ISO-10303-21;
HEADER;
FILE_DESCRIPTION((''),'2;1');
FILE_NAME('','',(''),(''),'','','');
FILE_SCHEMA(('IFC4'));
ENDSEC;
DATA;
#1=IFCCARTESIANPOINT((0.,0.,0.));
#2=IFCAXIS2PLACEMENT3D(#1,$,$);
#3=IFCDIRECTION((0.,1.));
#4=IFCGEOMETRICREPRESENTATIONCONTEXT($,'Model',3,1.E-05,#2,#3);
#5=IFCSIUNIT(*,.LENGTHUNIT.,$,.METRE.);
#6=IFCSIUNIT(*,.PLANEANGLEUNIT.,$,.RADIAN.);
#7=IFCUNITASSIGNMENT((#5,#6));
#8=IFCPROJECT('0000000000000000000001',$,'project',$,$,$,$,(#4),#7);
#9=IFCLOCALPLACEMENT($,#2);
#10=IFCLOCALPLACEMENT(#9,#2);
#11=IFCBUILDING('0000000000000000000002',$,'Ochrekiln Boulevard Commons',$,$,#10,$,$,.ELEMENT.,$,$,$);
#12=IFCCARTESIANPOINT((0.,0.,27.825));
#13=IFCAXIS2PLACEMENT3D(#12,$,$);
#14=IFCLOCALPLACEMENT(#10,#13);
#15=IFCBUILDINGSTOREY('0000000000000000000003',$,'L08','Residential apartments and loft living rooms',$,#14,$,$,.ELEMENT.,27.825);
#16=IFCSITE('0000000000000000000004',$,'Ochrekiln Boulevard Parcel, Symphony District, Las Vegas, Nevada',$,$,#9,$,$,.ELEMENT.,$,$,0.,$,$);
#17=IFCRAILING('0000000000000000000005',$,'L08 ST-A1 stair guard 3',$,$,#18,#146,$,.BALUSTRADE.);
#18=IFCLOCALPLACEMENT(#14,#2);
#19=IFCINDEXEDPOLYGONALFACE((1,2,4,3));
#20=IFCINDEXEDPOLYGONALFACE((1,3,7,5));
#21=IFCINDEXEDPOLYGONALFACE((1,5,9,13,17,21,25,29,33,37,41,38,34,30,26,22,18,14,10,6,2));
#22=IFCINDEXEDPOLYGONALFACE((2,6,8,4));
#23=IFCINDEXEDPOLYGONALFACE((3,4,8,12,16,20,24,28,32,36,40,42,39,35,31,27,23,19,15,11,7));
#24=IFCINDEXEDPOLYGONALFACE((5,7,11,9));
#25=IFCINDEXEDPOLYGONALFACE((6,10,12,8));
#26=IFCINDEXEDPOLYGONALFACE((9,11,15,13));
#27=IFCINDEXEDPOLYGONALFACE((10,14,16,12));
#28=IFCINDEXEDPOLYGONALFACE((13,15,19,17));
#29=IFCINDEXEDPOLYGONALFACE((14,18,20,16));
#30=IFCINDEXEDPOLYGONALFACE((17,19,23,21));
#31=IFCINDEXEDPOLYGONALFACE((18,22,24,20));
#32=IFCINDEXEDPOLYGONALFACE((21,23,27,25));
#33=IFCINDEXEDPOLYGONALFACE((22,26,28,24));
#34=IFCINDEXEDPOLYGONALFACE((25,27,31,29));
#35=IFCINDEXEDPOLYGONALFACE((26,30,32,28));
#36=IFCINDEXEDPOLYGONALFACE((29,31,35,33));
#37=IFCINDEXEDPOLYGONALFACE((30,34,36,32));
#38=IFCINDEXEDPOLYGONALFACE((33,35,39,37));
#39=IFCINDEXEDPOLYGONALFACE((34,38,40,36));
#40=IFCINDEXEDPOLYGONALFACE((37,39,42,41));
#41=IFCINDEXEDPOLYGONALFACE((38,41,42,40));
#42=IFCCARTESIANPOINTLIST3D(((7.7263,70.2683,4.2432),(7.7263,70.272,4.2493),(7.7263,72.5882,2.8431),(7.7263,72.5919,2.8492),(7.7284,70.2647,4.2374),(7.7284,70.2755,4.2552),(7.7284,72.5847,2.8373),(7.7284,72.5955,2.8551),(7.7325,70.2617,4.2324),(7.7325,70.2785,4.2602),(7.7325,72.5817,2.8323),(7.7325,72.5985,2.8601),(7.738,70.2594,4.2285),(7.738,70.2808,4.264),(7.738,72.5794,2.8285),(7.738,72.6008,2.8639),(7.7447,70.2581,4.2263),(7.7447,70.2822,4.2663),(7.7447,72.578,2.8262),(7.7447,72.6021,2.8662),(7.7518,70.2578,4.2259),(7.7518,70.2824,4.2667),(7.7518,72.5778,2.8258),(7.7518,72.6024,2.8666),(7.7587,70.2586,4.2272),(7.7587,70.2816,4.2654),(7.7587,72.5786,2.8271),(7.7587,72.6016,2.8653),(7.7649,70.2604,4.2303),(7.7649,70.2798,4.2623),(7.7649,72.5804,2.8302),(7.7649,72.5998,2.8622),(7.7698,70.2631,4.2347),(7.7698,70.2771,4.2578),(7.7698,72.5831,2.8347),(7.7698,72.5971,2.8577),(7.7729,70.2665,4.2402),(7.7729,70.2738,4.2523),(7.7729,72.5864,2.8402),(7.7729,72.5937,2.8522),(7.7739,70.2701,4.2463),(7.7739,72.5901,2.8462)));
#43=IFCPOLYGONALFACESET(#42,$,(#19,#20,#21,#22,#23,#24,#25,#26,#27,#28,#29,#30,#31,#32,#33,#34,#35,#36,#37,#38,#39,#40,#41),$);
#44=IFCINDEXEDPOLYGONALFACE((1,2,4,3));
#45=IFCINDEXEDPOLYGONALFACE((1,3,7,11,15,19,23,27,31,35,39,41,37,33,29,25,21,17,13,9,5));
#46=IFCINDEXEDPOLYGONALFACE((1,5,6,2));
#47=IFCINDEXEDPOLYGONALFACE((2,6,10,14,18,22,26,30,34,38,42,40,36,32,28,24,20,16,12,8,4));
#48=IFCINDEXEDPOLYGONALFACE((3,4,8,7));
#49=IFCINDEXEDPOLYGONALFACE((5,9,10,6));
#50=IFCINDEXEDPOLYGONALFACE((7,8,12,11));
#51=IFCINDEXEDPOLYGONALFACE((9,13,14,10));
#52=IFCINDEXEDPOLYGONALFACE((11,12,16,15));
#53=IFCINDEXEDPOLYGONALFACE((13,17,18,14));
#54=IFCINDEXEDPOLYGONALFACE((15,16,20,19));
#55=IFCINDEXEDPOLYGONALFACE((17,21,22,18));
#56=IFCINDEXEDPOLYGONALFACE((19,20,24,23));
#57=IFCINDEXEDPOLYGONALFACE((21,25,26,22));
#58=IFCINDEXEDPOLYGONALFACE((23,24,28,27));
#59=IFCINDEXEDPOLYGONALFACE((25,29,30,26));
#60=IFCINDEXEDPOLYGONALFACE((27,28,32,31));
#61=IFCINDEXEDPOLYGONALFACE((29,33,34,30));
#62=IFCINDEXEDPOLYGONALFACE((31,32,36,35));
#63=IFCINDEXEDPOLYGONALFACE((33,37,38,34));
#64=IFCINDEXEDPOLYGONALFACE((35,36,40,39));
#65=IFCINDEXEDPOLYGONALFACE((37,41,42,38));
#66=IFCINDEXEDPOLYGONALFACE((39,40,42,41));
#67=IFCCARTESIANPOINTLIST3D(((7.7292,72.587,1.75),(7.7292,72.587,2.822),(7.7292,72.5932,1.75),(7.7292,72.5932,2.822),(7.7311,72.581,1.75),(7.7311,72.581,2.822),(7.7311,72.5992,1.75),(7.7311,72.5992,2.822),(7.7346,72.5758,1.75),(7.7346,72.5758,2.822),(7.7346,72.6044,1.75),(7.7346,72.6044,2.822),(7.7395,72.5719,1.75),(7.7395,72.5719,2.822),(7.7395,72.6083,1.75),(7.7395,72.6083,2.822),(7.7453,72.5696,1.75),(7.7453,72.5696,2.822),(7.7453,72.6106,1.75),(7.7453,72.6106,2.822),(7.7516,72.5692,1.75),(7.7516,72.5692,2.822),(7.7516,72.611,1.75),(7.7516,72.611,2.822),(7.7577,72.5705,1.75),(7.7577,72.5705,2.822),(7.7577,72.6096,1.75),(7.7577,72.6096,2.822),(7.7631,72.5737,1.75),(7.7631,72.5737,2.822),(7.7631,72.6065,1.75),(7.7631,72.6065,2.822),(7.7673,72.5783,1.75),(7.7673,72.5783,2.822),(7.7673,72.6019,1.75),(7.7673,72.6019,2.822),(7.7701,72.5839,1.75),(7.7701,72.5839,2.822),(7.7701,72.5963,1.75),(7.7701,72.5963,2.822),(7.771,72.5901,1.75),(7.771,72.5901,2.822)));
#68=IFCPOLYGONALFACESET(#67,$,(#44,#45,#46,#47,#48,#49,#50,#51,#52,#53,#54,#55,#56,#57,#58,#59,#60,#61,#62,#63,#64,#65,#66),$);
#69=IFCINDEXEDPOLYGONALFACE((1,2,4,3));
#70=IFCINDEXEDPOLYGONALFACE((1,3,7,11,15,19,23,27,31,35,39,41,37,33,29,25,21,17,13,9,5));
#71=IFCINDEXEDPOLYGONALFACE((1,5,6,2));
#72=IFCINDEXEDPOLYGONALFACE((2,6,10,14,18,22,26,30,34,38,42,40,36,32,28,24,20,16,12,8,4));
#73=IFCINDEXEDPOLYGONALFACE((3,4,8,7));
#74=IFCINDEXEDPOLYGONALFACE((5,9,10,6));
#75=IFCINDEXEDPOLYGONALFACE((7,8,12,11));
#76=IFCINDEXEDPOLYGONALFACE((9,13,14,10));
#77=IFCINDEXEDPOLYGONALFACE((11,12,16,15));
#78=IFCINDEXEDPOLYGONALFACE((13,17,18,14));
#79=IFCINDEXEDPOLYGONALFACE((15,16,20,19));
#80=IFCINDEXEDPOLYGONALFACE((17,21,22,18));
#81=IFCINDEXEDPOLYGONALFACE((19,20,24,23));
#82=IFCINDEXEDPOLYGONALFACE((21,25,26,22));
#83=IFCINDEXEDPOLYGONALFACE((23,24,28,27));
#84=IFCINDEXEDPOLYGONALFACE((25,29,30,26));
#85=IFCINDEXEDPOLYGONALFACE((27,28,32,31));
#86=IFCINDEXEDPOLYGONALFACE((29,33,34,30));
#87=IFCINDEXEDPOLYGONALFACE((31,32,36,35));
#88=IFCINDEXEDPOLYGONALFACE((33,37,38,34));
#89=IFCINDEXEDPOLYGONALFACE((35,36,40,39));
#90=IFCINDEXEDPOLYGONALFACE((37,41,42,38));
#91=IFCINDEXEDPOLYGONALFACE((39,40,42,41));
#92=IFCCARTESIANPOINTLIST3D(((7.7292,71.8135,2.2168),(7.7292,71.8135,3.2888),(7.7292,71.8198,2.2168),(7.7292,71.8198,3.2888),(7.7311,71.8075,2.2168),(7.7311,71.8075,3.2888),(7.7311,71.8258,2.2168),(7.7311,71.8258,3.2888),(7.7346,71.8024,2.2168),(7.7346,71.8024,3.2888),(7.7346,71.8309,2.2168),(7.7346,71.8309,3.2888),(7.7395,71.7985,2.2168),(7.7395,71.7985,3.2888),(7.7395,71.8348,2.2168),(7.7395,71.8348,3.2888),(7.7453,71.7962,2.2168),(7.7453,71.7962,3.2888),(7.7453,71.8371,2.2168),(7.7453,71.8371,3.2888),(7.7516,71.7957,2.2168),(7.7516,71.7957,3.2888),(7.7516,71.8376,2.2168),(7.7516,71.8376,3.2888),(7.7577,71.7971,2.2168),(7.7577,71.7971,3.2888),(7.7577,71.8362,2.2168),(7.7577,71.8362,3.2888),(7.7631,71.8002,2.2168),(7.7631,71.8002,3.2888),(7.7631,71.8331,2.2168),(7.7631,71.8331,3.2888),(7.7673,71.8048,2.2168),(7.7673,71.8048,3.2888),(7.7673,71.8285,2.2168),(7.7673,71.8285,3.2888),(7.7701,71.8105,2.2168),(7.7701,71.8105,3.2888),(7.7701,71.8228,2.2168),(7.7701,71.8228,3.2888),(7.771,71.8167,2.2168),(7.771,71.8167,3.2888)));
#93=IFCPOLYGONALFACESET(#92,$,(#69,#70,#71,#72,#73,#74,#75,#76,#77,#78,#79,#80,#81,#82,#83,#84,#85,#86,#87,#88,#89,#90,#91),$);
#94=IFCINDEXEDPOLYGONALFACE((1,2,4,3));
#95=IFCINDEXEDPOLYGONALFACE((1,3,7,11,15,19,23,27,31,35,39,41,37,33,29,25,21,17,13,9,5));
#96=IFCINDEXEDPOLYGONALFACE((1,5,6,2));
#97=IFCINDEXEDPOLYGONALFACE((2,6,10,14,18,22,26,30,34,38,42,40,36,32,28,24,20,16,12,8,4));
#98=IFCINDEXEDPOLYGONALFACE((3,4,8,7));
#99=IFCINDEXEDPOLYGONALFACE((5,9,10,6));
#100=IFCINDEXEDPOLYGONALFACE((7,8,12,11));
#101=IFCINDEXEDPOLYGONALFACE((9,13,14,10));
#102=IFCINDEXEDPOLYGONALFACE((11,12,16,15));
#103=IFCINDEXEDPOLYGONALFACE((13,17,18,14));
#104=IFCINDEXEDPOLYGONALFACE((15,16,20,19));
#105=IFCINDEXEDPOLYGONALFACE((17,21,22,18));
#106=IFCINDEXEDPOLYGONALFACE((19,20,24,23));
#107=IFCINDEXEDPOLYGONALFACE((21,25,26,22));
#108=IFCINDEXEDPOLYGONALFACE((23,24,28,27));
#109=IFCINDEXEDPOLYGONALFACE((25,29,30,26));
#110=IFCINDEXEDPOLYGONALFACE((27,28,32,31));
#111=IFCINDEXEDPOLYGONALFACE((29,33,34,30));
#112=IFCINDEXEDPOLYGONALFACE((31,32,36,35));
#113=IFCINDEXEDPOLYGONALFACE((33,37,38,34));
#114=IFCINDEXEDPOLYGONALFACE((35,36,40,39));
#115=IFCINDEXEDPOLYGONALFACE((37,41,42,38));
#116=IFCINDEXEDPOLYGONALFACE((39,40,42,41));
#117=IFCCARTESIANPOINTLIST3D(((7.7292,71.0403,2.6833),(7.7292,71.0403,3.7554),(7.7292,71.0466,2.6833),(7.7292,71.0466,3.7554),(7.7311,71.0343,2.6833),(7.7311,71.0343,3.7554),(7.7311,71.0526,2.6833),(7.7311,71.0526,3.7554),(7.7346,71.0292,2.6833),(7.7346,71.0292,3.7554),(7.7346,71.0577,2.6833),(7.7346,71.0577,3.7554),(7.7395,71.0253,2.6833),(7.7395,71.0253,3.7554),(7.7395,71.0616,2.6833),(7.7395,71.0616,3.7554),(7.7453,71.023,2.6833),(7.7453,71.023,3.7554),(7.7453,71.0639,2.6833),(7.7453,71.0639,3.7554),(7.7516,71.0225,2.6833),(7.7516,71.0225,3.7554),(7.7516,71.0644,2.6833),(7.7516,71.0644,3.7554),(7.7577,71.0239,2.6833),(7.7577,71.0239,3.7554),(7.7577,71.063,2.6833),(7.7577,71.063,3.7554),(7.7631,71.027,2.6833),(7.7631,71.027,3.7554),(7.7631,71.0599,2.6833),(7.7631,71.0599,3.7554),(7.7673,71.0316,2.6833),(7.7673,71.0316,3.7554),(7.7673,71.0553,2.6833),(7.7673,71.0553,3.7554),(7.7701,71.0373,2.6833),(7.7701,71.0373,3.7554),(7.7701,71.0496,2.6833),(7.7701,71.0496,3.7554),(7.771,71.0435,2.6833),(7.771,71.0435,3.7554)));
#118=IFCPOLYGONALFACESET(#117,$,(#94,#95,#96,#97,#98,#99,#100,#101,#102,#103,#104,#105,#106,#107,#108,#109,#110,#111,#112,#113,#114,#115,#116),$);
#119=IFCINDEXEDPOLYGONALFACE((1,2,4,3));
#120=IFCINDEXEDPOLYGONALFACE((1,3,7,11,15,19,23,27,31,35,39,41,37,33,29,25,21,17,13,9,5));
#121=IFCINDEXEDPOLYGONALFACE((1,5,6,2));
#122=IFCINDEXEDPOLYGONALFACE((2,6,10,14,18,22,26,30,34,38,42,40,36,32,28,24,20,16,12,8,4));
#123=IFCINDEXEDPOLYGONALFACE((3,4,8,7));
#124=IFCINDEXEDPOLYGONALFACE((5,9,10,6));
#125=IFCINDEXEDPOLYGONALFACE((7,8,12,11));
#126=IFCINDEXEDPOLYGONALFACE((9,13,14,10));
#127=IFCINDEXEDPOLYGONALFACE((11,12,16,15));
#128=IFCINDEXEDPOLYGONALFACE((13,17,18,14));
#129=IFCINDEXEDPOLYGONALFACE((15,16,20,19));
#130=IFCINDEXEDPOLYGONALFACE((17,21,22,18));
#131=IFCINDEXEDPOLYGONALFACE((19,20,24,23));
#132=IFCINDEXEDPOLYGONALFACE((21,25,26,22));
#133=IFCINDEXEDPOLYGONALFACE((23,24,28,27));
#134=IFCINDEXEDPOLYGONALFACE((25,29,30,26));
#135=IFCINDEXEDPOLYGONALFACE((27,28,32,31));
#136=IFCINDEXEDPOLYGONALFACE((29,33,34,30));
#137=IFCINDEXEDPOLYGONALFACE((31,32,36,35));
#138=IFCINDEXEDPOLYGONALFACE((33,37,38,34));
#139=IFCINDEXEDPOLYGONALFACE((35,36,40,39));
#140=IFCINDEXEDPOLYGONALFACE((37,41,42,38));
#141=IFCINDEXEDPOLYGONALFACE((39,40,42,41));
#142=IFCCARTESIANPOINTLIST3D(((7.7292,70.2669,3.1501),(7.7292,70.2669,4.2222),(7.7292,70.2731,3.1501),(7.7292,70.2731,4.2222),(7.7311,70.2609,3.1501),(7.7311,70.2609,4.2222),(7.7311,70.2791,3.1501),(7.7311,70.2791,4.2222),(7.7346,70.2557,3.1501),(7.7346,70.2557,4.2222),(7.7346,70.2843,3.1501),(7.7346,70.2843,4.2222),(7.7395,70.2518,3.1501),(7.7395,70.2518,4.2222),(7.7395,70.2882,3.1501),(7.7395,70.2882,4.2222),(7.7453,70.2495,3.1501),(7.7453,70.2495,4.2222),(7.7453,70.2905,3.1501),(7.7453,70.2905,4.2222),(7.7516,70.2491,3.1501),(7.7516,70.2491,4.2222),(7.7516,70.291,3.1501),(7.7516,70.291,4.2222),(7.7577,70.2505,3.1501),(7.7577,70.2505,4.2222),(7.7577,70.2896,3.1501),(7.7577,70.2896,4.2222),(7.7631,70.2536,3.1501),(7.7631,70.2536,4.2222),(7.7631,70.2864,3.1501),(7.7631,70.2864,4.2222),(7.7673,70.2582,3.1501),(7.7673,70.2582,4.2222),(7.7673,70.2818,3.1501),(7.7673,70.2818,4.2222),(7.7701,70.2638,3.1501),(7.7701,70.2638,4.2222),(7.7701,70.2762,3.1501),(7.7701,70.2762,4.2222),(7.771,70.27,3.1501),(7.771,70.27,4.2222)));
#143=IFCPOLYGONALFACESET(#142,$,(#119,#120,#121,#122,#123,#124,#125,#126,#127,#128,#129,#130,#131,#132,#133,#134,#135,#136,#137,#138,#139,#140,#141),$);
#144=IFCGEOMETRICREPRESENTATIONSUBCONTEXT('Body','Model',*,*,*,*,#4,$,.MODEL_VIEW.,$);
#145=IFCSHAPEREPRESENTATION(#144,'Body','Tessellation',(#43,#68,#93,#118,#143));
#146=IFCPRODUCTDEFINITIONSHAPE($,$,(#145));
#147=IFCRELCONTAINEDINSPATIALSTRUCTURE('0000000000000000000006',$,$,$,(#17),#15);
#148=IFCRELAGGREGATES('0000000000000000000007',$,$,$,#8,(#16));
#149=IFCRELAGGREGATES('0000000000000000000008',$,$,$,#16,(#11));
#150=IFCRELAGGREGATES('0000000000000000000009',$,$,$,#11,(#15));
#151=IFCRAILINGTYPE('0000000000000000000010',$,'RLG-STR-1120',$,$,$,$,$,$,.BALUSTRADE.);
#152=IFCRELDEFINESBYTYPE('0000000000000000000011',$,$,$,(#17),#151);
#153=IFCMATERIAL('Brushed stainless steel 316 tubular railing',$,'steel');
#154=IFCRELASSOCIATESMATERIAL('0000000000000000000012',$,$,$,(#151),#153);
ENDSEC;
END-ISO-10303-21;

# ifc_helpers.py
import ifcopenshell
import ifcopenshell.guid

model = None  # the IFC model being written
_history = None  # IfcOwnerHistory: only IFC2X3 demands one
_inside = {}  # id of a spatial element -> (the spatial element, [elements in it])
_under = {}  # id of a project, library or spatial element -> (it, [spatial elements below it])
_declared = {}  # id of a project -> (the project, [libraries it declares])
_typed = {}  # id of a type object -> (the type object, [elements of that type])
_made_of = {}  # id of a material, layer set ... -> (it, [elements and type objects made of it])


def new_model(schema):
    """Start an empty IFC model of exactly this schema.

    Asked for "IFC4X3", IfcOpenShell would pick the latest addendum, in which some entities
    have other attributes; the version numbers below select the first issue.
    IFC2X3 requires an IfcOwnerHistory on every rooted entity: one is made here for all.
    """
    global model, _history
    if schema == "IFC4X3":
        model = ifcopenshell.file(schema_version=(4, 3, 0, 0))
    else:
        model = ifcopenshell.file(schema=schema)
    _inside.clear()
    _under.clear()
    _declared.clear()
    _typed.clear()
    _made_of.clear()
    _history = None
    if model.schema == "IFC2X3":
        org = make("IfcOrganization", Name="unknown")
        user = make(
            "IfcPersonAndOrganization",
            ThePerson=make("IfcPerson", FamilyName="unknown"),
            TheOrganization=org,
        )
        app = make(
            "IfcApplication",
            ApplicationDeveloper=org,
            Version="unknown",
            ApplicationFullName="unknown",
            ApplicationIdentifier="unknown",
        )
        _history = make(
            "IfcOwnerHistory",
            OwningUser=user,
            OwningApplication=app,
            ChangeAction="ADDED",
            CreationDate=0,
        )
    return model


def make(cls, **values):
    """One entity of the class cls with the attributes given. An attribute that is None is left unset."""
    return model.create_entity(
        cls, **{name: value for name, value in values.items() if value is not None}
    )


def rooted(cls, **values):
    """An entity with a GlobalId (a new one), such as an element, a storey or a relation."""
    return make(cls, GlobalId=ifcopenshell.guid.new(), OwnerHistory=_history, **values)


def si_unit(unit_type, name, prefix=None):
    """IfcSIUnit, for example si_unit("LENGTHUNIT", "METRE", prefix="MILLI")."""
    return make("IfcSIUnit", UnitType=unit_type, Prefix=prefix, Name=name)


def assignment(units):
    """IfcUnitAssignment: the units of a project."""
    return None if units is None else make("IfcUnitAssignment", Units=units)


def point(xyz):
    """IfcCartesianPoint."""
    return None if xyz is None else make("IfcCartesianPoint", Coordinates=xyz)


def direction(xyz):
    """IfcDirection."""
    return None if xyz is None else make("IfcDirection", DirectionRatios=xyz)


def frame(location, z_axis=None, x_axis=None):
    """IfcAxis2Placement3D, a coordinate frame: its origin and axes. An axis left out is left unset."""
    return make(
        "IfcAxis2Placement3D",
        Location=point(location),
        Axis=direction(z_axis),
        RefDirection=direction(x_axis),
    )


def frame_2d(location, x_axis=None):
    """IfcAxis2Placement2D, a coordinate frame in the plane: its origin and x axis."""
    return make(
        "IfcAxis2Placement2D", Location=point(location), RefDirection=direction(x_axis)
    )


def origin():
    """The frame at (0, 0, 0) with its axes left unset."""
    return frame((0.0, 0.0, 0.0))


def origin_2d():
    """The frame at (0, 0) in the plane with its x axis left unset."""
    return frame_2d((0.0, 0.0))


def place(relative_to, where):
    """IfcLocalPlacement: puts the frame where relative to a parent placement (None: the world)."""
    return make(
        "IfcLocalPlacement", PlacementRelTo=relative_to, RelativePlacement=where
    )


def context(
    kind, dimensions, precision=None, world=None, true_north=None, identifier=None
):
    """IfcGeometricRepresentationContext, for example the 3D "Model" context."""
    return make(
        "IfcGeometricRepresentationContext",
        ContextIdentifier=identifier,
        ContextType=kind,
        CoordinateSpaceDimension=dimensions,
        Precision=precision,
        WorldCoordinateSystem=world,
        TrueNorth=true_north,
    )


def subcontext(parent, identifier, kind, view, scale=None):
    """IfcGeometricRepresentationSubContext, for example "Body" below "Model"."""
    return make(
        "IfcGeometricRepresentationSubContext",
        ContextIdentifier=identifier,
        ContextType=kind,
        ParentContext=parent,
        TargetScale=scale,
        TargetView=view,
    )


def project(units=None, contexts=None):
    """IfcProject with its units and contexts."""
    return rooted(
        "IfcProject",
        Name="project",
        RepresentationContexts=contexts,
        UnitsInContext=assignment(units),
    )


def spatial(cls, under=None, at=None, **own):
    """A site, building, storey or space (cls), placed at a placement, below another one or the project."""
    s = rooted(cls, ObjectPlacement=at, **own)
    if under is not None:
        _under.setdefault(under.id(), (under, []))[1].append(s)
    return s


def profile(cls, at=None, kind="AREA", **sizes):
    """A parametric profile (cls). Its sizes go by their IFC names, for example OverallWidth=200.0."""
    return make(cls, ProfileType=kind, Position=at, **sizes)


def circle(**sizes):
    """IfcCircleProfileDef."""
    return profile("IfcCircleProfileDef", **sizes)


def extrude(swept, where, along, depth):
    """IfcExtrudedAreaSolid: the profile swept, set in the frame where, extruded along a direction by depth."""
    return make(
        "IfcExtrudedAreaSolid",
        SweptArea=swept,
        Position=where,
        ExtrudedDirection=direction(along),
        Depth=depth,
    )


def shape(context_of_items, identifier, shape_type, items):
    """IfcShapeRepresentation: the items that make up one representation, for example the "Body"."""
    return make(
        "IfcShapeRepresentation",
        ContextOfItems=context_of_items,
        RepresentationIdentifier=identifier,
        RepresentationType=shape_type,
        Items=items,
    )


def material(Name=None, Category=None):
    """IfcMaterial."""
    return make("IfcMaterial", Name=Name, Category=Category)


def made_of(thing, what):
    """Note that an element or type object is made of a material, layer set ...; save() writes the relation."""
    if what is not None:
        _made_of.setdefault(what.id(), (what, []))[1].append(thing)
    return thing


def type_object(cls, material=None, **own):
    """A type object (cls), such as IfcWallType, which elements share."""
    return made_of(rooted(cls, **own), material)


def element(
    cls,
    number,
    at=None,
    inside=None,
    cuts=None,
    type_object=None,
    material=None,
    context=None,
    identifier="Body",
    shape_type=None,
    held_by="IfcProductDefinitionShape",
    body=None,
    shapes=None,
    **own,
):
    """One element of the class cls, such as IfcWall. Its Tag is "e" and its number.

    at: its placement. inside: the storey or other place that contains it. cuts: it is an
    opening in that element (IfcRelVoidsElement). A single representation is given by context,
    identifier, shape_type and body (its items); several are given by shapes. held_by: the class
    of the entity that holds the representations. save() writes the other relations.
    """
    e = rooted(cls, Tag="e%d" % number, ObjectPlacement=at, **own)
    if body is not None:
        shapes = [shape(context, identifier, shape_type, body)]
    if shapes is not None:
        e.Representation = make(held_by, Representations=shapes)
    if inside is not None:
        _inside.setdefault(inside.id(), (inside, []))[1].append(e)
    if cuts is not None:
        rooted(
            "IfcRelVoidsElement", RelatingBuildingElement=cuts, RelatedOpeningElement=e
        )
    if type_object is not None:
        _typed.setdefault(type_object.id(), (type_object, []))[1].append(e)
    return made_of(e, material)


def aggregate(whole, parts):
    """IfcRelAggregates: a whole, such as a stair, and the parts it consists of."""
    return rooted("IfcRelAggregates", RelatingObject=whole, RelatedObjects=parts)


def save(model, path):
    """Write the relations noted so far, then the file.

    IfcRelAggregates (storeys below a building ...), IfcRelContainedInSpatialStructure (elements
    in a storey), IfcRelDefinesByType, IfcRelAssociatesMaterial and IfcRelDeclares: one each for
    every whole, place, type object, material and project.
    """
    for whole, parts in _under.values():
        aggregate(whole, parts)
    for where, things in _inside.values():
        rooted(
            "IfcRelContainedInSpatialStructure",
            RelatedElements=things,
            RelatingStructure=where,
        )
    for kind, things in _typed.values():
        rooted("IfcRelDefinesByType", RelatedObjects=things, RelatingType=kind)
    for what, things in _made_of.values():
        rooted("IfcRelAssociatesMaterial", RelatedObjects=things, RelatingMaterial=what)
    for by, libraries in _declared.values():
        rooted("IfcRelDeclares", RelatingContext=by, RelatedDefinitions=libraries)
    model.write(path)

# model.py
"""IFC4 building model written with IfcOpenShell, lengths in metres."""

from ifc_helpers import new_model, si_unit, direction, frame, origin, origin_2d, place, context, subcontext, project, spatial, circle, extrude, material, type_object, element, save


model = new_model("IFC4")

# Units and contexts
model_context = context("Model", 3, precision=1e-05, world=origin(), true_north=direction((0.0, 1.0)))
body_context = subcontext(model_context, "Body", "Model", "MODEL_VIEW")
ifc_project = project(units=[si_unit("LENGTHUNIT", "METRE"), si_unit("PLANEANGLEUNIT", "RADIAN")], contexts=[model_context])

# Site, building, storey
site_placement = place(None, origin())
site = spatial("IfcSite", under=ifc_project, at=site_placement, Name="Ochrekiln Boulevard Parcel, Symphony District, Las Vegas, Nevada", CompositionType="ELEMENT", RefElevation=0.0)
building_placement = place(site_placement, origin())
building = spatial("IfcBuilding", under=site, at=building_placement, Name="Ochrekiln Boulevard Commons", CompositionType="ELEMENT")
storey_placement = place(building_placement, frame((0.0, 0.0, 27.825)))
storey = spatial("IfcBuildingStorey", under=building, at=storey_placement, Name="L08", Description="Residential apartments and loft living rooms", CompositionType="ELEMENT", Elevation=27.825)

# Railing
ifc_material_1 = material(Name="Brushed stainless steel 316 tubular railing", Category="steel")
railing_type_1 = type_object("IfcRailingType", Name="RLG-STR-1120", PredefinedType="BALUSTRADE", material=ifc_material_1)
railing_1_placement = place(storey_placement, frame((7.75, 72.5901, 1.75)))
element("IfcRailing", 1, at=railing_1_placement, inside=storey, type_object=railing_type_1, Name="L08 ST-A1 stair guard 3", PredefinedType="BALUSTRADE", context=body_context, shape_type="SweptSolid", body=[
    extrude(circle(Radius=0.0239, at=origin_2d()), frame((0.0, 0.0, 1.0962), z_axis=(0.0, -0.85617, 0.516693), x_axis=(1.0, 0.0, 0.0)), (0.0, 0.0, 1.0), 2.7097),
    extrude(circle(Radius=0.021, at=origin_2d()), origin(), (0.0, 0.0, 1.0), 1.072),
    extrude(circle(Radius=0.021, at=origin_2d()), frame((0.0, -0.7734, 0.4668)), (0.0, 0.0, 1.0), 1.072),
    extrude(circle(Radius=0.021, at=origin_2d()), frame((0.0, -1.5466, 0.9333)), (0.0, 0.0, 1.0), 1.072),
    extrude(circle(Radius=0.021, at=origin_2d()), frame((0.0, -2.3201, 1.4001)), (0.0, 0.0, 1.0), 1.072),
])

save(model, "model.ifc")
